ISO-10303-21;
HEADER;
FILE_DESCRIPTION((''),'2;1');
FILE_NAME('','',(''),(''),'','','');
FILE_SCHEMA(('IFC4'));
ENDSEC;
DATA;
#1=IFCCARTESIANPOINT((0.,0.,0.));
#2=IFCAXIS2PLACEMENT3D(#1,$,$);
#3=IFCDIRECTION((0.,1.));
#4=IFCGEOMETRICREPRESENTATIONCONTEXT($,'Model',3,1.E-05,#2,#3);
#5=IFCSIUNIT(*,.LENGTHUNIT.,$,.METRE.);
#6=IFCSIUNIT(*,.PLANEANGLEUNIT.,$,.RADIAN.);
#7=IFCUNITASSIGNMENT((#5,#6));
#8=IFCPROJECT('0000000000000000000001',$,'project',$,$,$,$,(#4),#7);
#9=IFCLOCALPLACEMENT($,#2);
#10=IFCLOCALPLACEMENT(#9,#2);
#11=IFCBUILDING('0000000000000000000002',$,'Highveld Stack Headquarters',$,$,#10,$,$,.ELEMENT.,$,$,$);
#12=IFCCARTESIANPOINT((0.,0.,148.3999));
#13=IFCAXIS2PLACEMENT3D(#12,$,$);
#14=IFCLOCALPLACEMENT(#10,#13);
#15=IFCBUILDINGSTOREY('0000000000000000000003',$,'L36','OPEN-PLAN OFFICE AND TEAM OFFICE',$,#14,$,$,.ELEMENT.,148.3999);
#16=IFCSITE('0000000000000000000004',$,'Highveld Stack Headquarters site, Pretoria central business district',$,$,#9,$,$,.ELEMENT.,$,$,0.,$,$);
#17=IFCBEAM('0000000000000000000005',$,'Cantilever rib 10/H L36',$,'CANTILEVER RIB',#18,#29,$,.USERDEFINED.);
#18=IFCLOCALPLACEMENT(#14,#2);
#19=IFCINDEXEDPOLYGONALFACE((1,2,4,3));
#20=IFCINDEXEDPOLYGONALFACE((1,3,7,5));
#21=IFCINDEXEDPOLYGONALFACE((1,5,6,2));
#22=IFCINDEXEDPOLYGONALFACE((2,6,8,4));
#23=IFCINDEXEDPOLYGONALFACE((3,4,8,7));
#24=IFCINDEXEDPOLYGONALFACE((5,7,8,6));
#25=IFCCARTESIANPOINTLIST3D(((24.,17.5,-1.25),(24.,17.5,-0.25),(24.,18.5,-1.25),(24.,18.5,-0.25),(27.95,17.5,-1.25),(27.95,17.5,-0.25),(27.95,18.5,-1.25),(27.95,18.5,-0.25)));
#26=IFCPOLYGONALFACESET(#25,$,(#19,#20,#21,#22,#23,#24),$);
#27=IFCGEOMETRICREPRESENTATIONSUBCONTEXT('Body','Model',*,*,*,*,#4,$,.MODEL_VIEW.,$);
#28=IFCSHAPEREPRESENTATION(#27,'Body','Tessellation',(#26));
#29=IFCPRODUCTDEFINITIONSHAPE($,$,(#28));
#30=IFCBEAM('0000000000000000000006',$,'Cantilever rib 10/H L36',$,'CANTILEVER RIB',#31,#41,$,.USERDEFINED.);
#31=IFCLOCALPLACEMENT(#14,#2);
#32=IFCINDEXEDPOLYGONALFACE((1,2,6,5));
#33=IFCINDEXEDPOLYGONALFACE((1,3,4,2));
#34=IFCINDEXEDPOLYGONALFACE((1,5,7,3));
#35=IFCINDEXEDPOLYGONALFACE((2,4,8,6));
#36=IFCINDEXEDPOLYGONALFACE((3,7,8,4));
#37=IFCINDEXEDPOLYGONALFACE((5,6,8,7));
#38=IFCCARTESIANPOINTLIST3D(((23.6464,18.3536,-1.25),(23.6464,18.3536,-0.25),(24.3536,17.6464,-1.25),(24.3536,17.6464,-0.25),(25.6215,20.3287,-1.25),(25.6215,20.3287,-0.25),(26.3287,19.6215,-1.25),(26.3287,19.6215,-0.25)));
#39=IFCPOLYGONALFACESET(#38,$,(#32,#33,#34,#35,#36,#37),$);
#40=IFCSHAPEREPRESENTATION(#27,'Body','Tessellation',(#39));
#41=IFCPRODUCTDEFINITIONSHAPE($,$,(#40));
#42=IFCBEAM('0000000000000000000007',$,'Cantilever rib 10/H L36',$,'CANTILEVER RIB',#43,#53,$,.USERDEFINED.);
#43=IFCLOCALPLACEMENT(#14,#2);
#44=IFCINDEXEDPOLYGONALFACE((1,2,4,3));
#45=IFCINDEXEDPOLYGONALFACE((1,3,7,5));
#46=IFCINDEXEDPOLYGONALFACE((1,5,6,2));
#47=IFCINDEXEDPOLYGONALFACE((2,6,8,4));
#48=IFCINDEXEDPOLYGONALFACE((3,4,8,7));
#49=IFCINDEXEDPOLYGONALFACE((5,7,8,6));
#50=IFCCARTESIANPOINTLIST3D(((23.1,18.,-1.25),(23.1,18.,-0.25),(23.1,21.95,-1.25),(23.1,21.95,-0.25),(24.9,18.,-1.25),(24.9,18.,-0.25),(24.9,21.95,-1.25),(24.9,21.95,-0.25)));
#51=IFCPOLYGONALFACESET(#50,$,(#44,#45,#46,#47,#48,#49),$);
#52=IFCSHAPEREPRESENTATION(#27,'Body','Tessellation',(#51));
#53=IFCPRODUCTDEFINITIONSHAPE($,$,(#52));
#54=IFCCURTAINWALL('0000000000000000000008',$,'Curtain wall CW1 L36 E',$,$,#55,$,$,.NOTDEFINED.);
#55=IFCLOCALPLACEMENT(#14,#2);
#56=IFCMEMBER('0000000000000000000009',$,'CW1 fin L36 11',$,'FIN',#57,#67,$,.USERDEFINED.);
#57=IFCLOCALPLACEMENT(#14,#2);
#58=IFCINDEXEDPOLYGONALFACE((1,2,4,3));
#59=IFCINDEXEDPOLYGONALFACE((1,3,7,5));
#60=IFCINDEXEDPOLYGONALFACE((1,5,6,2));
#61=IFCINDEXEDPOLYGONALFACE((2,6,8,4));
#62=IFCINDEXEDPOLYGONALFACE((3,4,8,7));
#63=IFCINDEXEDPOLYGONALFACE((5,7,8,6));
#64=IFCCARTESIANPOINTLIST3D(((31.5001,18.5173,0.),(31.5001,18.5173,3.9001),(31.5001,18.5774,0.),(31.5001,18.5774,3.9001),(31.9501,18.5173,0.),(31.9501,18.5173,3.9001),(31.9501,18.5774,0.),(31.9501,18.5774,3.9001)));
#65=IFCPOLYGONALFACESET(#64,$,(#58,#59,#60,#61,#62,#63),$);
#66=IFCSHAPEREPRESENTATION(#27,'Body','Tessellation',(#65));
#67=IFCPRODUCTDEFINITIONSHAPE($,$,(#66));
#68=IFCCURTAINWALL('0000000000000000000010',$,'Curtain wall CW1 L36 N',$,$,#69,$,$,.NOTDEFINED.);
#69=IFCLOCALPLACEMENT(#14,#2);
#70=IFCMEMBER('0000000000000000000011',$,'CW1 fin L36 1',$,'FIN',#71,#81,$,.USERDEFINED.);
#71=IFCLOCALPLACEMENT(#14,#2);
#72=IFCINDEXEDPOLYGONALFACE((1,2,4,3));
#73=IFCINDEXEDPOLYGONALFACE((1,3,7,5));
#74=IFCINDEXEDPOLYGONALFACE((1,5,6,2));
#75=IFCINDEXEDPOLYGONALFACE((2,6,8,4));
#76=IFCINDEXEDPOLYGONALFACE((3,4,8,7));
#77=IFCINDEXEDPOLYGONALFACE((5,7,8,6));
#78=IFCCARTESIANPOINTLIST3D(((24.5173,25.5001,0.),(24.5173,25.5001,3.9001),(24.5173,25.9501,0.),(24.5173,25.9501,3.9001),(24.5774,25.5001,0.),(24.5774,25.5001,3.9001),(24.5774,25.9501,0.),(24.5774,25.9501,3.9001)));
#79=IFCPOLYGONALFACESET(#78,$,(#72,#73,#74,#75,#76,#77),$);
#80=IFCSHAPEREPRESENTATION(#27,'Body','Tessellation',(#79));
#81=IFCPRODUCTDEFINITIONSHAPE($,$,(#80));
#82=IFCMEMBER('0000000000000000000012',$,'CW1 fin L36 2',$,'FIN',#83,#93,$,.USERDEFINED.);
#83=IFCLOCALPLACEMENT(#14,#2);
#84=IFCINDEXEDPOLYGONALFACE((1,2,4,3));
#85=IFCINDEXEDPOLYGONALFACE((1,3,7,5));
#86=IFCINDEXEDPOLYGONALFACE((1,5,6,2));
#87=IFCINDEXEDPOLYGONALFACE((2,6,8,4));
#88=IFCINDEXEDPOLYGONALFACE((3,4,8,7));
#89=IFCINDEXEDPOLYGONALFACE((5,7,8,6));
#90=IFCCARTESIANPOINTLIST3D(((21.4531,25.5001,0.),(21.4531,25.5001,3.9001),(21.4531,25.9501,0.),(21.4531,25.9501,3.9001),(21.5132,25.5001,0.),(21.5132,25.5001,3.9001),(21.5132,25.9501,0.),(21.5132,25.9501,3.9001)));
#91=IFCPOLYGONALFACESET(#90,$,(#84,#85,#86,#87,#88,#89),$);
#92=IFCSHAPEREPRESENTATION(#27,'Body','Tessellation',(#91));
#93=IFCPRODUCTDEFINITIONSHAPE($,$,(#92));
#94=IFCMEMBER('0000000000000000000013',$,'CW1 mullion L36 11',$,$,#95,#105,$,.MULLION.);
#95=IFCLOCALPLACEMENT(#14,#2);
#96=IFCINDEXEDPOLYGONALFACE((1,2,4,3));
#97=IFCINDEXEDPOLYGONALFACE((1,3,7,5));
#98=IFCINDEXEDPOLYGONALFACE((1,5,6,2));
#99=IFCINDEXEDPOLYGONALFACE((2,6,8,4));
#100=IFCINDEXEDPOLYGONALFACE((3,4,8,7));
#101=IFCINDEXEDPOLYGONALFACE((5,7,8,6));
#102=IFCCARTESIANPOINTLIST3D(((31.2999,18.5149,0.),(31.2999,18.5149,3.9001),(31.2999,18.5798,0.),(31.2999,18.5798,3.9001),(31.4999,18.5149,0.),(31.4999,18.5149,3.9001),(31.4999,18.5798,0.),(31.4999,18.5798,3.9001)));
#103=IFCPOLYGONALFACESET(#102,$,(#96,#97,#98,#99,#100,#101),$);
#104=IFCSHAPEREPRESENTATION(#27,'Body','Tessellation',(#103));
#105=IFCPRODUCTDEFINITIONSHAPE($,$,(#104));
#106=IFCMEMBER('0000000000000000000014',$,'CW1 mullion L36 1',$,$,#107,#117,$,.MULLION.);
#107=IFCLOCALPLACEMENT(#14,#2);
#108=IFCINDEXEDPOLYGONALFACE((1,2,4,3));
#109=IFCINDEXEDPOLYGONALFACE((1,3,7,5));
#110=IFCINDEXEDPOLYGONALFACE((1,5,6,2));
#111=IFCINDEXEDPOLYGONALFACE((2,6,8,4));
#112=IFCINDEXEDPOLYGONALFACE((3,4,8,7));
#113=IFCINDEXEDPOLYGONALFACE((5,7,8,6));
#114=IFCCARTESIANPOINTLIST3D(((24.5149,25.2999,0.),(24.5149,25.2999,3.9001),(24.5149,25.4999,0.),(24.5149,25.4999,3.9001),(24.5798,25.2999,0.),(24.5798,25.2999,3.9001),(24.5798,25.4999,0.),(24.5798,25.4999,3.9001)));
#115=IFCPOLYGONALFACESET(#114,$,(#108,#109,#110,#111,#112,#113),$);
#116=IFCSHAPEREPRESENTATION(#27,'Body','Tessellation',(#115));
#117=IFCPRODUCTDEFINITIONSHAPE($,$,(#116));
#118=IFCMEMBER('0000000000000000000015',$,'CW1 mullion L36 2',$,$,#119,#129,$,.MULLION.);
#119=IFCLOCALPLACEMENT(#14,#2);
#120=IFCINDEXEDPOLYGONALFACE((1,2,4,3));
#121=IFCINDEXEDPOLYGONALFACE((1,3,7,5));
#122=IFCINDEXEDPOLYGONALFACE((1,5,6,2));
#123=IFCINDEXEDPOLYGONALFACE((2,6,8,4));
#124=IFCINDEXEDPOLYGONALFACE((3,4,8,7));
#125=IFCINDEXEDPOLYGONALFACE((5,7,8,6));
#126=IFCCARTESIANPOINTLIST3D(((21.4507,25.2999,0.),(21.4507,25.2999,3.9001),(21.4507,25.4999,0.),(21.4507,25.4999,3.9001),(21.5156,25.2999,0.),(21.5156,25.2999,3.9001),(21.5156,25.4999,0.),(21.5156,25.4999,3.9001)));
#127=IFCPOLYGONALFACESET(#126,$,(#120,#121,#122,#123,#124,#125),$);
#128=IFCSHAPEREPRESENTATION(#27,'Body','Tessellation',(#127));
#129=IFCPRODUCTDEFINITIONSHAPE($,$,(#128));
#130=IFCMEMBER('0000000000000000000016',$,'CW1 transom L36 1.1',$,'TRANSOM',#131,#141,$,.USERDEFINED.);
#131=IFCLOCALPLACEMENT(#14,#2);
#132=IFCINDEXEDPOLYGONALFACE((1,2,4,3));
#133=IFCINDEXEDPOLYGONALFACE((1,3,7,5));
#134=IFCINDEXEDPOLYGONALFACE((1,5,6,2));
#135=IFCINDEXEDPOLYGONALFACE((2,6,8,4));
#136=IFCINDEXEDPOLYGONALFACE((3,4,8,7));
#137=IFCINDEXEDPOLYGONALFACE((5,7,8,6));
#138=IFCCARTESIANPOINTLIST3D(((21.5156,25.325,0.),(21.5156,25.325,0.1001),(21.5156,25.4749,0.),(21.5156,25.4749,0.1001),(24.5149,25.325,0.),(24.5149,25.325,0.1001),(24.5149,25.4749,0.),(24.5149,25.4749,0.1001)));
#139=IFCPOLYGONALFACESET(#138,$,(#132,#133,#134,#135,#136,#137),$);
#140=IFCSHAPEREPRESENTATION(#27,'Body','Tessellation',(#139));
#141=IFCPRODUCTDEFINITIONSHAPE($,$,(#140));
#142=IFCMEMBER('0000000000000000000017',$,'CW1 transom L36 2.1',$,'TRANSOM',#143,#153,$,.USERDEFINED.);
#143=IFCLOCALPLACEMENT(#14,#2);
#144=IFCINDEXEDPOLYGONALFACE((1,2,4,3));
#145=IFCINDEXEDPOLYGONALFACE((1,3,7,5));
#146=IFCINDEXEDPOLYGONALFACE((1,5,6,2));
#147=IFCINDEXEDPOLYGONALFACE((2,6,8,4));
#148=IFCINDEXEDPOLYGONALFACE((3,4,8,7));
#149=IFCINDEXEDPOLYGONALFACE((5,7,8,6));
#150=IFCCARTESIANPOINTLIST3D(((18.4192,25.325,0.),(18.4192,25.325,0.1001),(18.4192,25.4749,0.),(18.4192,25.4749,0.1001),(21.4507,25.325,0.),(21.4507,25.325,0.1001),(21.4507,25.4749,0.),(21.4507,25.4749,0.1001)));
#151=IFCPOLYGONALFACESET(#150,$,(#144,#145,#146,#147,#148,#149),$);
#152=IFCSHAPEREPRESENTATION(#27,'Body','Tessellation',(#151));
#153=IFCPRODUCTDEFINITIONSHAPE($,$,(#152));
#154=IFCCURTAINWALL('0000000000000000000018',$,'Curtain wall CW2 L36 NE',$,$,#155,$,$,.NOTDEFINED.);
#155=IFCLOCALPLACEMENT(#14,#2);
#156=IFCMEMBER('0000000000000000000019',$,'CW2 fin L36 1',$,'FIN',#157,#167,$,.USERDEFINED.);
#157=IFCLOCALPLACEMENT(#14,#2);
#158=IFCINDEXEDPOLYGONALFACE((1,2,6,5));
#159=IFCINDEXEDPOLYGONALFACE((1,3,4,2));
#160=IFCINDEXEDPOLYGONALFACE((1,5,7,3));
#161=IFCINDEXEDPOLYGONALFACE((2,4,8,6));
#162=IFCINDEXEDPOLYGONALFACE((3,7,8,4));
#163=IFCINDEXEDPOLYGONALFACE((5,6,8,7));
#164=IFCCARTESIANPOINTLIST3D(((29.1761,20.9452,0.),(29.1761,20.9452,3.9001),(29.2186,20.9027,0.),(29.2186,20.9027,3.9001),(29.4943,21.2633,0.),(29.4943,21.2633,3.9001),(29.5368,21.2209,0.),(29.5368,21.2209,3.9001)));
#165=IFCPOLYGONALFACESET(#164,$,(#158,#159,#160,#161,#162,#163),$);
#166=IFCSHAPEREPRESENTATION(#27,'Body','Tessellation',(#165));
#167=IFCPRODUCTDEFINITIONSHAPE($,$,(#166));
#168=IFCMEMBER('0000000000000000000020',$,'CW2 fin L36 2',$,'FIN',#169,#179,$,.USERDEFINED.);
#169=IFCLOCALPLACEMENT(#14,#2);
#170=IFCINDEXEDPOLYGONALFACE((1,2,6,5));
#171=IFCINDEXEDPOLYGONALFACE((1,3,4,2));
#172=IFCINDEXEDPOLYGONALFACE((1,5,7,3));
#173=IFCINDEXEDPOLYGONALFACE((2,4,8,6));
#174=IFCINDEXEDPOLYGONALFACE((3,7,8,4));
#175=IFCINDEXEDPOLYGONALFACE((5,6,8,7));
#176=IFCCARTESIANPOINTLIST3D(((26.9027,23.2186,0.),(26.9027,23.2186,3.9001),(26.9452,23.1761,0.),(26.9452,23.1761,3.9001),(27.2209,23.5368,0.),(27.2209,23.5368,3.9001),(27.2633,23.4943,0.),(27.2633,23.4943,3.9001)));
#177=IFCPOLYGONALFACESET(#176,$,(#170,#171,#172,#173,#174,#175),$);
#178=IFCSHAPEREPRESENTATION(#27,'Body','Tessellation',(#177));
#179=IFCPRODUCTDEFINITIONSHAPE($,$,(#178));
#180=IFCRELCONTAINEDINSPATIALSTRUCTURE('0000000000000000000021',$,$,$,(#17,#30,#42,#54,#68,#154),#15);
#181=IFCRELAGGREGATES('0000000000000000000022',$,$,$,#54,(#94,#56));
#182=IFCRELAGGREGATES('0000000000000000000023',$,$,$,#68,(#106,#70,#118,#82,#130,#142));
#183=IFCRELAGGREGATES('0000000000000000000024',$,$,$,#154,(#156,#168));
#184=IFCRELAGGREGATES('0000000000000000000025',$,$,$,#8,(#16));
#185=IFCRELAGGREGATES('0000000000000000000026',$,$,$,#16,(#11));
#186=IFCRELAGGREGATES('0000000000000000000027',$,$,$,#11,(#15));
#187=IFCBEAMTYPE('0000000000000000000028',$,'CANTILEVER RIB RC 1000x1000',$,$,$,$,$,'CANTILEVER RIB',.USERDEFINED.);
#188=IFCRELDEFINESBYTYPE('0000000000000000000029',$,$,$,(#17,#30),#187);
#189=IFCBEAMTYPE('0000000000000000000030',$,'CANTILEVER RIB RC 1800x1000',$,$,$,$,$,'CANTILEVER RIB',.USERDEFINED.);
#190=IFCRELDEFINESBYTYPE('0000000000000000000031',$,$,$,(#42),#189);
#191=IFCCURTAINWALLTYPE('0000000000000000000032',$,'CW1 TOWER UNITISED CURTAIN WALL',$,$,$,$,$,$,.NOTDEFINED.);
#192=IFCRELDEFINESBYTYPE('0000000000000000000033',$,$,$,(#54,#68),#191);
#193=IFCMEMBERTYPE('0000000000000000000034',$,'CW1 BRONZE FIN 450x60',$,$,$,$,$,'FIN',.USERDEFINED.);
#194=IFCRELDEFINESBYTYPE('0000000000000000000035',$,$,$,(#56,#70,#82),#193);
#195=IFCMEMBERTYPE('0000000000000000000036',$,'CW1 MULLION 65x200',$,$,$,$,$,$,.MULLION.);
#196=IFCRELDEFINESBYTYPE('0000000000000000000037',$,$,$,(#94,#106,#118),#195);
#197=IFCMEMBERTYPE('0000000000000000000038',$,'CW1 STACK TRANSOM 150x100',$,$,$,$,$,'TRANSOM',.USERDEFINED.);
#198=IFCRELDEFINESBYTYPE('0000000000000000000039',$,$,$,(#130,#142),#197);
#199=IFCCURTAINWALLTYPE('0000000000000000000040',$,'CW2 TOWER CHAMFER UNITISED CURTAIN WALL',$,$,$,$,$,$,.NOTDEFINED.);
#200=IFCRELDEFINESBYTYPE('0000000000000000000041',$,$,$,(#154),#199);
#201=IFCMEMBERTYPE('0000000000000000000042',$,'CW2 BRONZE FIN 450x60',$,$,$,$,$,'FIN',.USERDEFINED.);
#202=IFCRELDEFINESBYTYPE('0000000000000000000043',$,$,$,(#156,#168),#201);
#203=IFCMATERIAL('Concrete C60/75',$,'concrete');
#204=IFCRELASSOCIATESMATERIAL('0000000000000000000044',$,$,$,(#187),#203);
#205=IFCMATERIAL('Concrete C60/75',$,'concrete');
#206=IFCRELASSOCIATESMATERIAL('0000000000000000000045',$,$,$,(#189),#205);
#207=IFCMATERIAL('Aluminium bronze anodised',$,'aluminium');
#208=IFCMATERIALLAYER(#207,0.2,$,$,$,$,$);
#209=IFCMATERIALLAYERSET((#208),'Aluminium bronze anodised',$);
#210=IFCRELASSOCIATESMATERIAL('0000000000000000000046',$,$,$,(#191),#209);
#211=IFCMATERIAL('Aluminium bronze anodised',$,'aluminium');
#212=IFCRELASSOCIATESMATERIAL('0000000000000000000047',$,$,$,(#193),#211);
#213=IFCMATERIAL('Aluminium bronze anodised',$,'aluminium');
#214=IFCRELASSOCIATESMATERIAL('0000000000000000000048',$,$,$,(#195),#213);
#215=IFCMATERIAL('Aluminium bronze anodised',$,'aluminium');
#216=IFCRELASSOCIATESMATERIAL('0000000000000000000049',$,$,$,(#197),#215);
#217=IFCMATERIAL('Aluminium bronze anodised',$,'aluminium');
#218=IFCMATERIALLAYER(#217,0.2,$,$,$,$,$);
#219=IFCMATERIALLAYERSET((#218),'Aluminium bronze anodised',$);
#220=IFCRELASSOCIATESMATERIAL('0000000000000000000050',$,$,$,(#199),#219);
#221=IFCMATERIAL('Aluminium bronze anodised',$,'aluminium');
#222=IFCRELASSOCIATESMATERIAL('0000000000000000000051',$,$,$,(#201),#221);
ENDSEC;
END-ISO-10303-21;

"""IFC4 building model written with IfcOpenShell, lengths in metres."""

from ifc_helpers import new_model, si_unit, direction, frame, origin, origin_2d, place, context, subcontext, project, spatial, rectangle, extrude, material, layer, layer_set, material_profile, profile_set, type_object, element, aggregate, save


model = new_model("IFC4")

# Units and contexts
model_context = context("Model", 3, precision=1e-05, world=origin(), true_north=direction((0.0, 1.0)))
body_context = subcontext(model_context, "Body", "Model", "MODEL_VIEW")
ifc_project = project(units=[si_unit("LENGTHUNIT", "METRE"), si_unit("PLANEANGLEUNIT", "RADIAN")], contexts=[model_context])

# Site, building, storey
site_placement = place(None, origin())
site = spatial("IfcSite", under=ifc_project, at=site_placement, Name="Highveld Stack Headquarters site, Pretoria central business district", CompositionType="ELEMENT", RefElevation=0.0)
building_placement = place(site_placement, origin())
building = spatial("IfcBuilding", under=site, at=building_placement, Name="Highveld Stack Headquarters", CompositionType="ELEMENT")
storey_placement = place(building_placement, frame((0.0, 0.0, 148.3999)))
storey = spatial("IfcBuildingStorey", under=building, at=storey_placement, Name="L36", Description="OPEN-PLAN OFFICE AND TEAM OFFICE", CompositionType="ELEMENT", Elevation=148.3999)

# Beams
ifc_material_1 = material(Name="Concrete C60/75", Category="concrete")
ifc_material_profile_1 = material_profile(ifc_material_1, rectangle(XDim=1.0, YDim=1.0, at=origin_2d()), Name="RC 1000x1000")
ifc_profile_set_1 = profile_set([ifc_material_profile_1], Name="Concrete C60/75")
beam_type_1 = type_object("IfcBeamType", Name="CANTILEVER RIB RC 1000x1000", ElementType="CANTILEVER RIB", PredefinedType="USERDEFINED", material=ifc_profile_set_1)
beam_1_placement = place(storey_placement, frame((24.0, 18.0, -0.75), z_axis=(1.0, 0.0, 0.0), x_axis=(0.0, 1.0, 0.0)))
element("IfcBeam", 1, at=beam_1_placement, inside=storey, type_object=beam_type_1, Name="Cantilever rib 10/H L36", ObjectType="CANTILEVER RIB", PredefinedType="USERDEFINED", context=body_context, shape_type="SweptSolid", body=[
    extrude(rectangle(XDim=1.0, YDim=1.0, at=origin_2d()), origin(), (0.0, 0.0, 1.0), 3.95),
])
beam_2_placement = place(storey_placement, frame((24.0, 18.0, -0.75), z_axis=(0.707107, 0.707107, 0.0), x_axis=(-0.707107, 0.707107, 0.0)))
element("IfcBeam", 2, at=beam_2_placement, inside=storey, type_object=beam_type_1, Name="Cantilever rib 10/H L36", ObjectType="CANTILEVER RIB", PredefinedType="USERDEFINED", context=body_context, shape_type="SweptSolid", body=[
    extrude(rectangle(XDim=1.0, YDim=1.0, at=origin_2d()), origin(), (0.0, 0.0, 1.0), 2.7932),
])
ifc_material_2 = material(Name="Concrete C60/75", Category="concrete")
ifc_material_profile_2 = material_profile(ifc_material_2, rectangle(XDim=1.8, YDim=1.0, at=origin_2d()), Name="RC 1800x1000")
ifc_profile_set_2 = profile_set([ifc_material_profile_2], Name="Concrete C60/75")
beam_type_2 = type_object("IfcBeamType", Name="CANTILEVER RIB RC 1800x1000", ElementType="CANTILEVER RIB", PredefinedType="USERDEFINED", material=ifc_profile_set_2)
beam_3_placement = place(storey_placement, frame((24.0, 18.0, -0.75), z_axis=(0.0, 1.0, 0.0), x_axis=(-1.0, 0.0, 0.0)))
element("IfcBeam", 3, at=beam_3_placement, inside=storey, type_object=beam_type_2, Name="Cantilever rib 10/H L36", ObjectType="CANTILEVER RIB", PredefinedType="USERDEFINED", context=body_context, shape_type="SweptSolid", body=[
    extrude(rectangle(XDim=1.8, YDim=1.0, at=origin_2d()), origin(), (0.0, 0.0, 1.0), 3.95),
])

# Curtain wall, member
ifc_material_3 = material(Name="Aluminium bronze anodised", Category="aluminium")
ifc_layer_1 = layer(ifc_material_3, 0.2)
ifc_layer_set_1 = layer_set([ifc_layer_1], Name="Aluminium bronze anodised")
curtain_wall_type_1 = type_object("IfcCurtainWallType", Name="CW1 TOWER UNITISED CURTAIN WALL", PredefinedType="NOTDEFINED", material=ifc_layer_set_1)
curtain_wall_1_placement = place(storey_placement, origin())
curtain_wall_1 = element("IfcCurtainWall", 4, at=curtain_wall_1_placement, inside=storey, type_object=curtain_wall_type_1, Name="Curtain wall CW1 L36 E", PredefinedType="NOTDEFINED")
ifc_material_4 = material(Name="Aluminium bronze anodised", Category="aluminium")
ifc_material_profile_3 = material_profile(ifc_material_4, rectangle(XDim=0.45, YDim=0.0601, at=origin_2d()), Name="FIN 450x60")
ifc_profile_set_3 = profile_set([ifc_material_profile_3], Name="Aluminium bronze anodised")
member_type_1 = type_object("IfcMemberType", Name="CW1 BRONZE FIN 450x60", ElementType="FIN", PredefinedType="USERDEFINED", material=ifc_profile_set_3)
member_1_placement = place(storey_placement, frame((31.7251, 18.5474, 0.0), z_axis=(0.0, 0.0, 1.0), x_axis=(-1.0, 0.0, 0.0)))
member_1 = element("IfcMember", 5, at=member_1_placement, type_object=member_type_1, Name="CW1 fin L36 11", ObjectType="FIN", PredefinedType="USERDEFINED", context=body_context, shape_type="SweptSolid", body=[
    extrude(rectangle(XDim=0.45, YDim=0.0601, at=origin_2d()), origin(), (0.0, 0.0, 1.0), 3.9001),
])

# Curtain wall, members
curtain_wall_2_placement = place(storey_placement, origin())
curtain_wall_2 = element("IfcCurtainWall", 6, at=curtain_wall_2_placement, inside=storey, type_object=curtain_wall_type_1, Name="Curtain wall CW1 L36 N", PredefinedType="NOTDEFINED")
member_2_placement = place(storey_placement, frame((24.5474, 25.7251, 0.0), z_axis=(0.0, 0.0, 1.0), x_axis=(0.0, -1.0, 0.0)))
member_2 = element("IfcMember", 7, at=member_2_placement, type_object=member_type_1, Name="CW1 fin L36 1", ObjectType="FIN", PredefinedType="USERDEFINED", context=body_context, shape_type="SweptSolid", body=[
    extrude(rectangle(XDim=0.45, YDim=0.0601, at=origin_2d()), origin(), (0.0, 0.0, 1.0), 3.9001),
])
member_3_placement = place(storey_placement, frame((21.4832, 25.7251, 0.0), z_axis=(0.0, 0.0, 1.0), x_axis=(0.0, -1.0, 0.0)))
member_3 = element("IfcMember", 8, at=member_3_placement, type_object=member_type_1, Name="CW1 fin L36 2", ObjectType="FIN", PredefinedType="USERDEFINED", context=body_context, shape_type="SweptSolid", body=[
    extrude(rectangle(XDim=0.45, YDim=0.0601, at=origin_2d()), origin(), (0.0, 0.0, 1.0), 3.9001),
])

# Members
ifc_material_5 = material(Name="Aluminium bronze anodised", Category="aluminium")
ifc_material_profile_4 = material_profile(ifc_material_5, rectangle(XDim=0.2, YDim=0.0649, at=origin_2d()), Name="CW1 MULLION 65x200")
ifc_profile_set_4 = profile_set([ifc_material_profile_4], Name="Aluminium bronze anodised")
member_type_2 = type_object("IfcMemberType", Name="CW1 MULLION 65x200", PredefinedType="MULLION", material=ifc_profile_set_4)
member_4_placement = place(storey_placement, frame((31.3999, 18.5474, 0.0), z_axis=(0.0, 0.0, 1.0), x_axis=(-1.0, 0.0, 0.0)))
member_4 = element("IfcMember", 9, at=member_4_placement, type_object=member_type_2, Name="CW1 mullion L36 11", PredefinedType="MULLION", context=body_context, shape_type="SweptSolid", body=[
    extrude(rectangle(XDim=0.2, YDim=0.0649, at=origin_2d()), origin(), (0.0, 0.0, 1.0), 3.9001),
])
aggregate(curtain_wall_1, [member_4, member_1])
member_5_placement = place(storey_placement, frame((24.5474, 25.3999, 0.0), z_axis=(0.0, 0.0, 1.0), x_axis=(0.0, -1.0, 0.0)))
member_5 = element("IfcMember", 10, at=member_5_placement, type_object=member_type_2, Name="CW1 mullion L36 1", PredefinedType="MULLION", context=body_context, shape_type="SweptSolid", body=[
    extrude(rectangle(XDim=0.2, YDim=0.0649, at=origin_2d()), origin(), (0.0, 0.0, 1.0), 3.9001),
])
member_6_placement = place(storey_placement, frame((21.4832, 25.3999, 0.0), z_axis=(0.0, 0.0, 1.0), x_axis=(0.0, -1.0, 0.0)))
member_6 = element("IfcMember", 11, at=member_6_placement, type_object=member_type_2, Name="CW1 mullion L36 2", PredefinedType="MULLION", context=body_context, shape_type="SweptSolid", body=[
    extrude(rectangle(XDim=0.2, YDim=0.0649, at=origin_2d()), origin(), (0.0, 0.0, 1.0), 3.9001),
])
ifc_material_6 = material(Name="Aluminium bronze anodised", Category="aluminium")
ifc_material_profile_5 = material_profile(ifc_material_6, rectangle(XDim=0.1499, YDim=0.1001, at=origin_2d()), Name="CW1 TRANSOM 150x100")
ifc_profile_set_5 = profile_set([ifc_material_profile_5], Name="Aluminium bronze anodised")
member_type_3 = type_object("IfcMemberType", Name="CW1 STACK TRANSOM 150x100", ElementType="TRANSOM", PredefinedType="USERDEFINED", material=ifc_profile_set_5)
member_7_placement = place(storey_placement, frame((24.5149, 25.3999, 0.05), z_axis=(-1.0, 0.0, 0.0), x_axis=(0.0, -1.0, 0.0)))
member_7 = element("IfcMember", 12, at=member_7_placement, type_object=member_type_3, Name="CW1 transom L36 1.1", ObjectType="TRANSOM", PredefinedType="USERDEFINED", context=body_context, shape_type="SweptSolid", body=[
    extrude(rectangle(XDim=0.1499, YDim=0.1001, at=origin_2d()), origin(), (0.0, 0.0, 1.0), 2.9993),
])
member_8_placement = place(storey_placement, frame((21.4507, 25.3999, 0.05), z_axis=(-1.0, 0.0, 0.0), x_axis=(0.0, -1.0, 0.0)))
member_8 = element("IfcMember", 13, at=member_8_placement, type_object=member_type_3, Name="CW1 transom L36 2.1", ObjectType="TRANSOM", PredefinedType="USERDEFINED", context=body_context, shape_type="SweptSolid", body=[
    extrude(rectangle(XDim=0.1499, YDim=0.1001, at=origin_2d()), origin(), (0.0, 0.0, 1.0), 3.0315),
])

# Curtain wall, members
ifc_material_7 = material(Name="Aluminium bronze anodised", Category="aluminium")
ifc_layer_2 = layer(ifc_material_7, 0.2)
ifc_layer_set_2 = layer_set([ifc_layer_2], Name="Aluminium bronze anodised")
curtain_wall_type_2 = type_object("IfcCurtainWallType", Name="CW2 TOWER CHAMFER UNITISED CURTAIN WALL", PredefinedType="NOTDEFINED", material=ifc_layer_set_2)
curtain_wall_3_placement = place(storey_placement, origin())
curtain_wall_3 = element("IfcCurtainWall", 14, at=curtain_wall_3_placement, inside=storey, type_object=curtain_wall_type_2, Name="Curtain wall CW2 L36 NE", PredefinedType="NOTDEFINED")
ifc_material_8 = material(Name="Aluminium bronze anodised", Category="aluminium")
ifc_material_profile_6 = material_profile(ifc_material_8, rectangle(XDim=0.45, YDim=0.0601, at=origin_2d()), Name="FIN 450x60")
ifc_profile_set_6 = profile_set([ifc_material_profile_6], Name="Aluminium bronze anodised")
member_type_4 = type_object("IfcMemberType", Name="CW2 BRONZE FIN 450x60", ElementType="FIN", PredefinedType="USERDEFINED", material=ifc_profile_set_6)
member_9_placement = place(storey_placement, frame((29.3564, 21.083, 0.0), z_axis=(0.0, 0.0, 1.0), x_axis=(-0.707107, -0.707107, 0.0)))
member_9 = element("IfcMember", 15, at=member_9_placement, type_object=member_type_4, Name="CW2 fin L36 1", ObjectType="FIN", PredefinedType="USERDEFINED", context=body_context, shape_type="SweptSolid", body=[
    extrude(rectangle(XDim=0.45, YDim=0.0601, at=origin_2d()), origin(), (0.0, 0.0, 1.0), 3.9001),
])
member_10_placement = place(storey_placement, frame((27.083, 23.3564, 0.0), z_axis=(0.0, 0.0, 1.0), x_axis=(-0.707107, -0.707107, 0.0)))
member_10 = element("IfcMember", 16, at=member_10_placement, type_object=member_type_4, Name="CW2 fin L36 2", ObjectType="FIN", PredefinedType="USERDEFINED", context=body_context, shape_type="SweptSolid", body=[
    extrude(rectangle(XDim=0.45, YDim=0.0601, at=origin_2d()), origin(), (0.0, 0.0, 1.0), 3.9001),
])

aggregate(curtain_wall_2, [member_5, member_2, member_6, member_3, member_7, member_8])
aggregate(curtain_wall_3, [member_9, member_10])

save(model, "model.ifc")
